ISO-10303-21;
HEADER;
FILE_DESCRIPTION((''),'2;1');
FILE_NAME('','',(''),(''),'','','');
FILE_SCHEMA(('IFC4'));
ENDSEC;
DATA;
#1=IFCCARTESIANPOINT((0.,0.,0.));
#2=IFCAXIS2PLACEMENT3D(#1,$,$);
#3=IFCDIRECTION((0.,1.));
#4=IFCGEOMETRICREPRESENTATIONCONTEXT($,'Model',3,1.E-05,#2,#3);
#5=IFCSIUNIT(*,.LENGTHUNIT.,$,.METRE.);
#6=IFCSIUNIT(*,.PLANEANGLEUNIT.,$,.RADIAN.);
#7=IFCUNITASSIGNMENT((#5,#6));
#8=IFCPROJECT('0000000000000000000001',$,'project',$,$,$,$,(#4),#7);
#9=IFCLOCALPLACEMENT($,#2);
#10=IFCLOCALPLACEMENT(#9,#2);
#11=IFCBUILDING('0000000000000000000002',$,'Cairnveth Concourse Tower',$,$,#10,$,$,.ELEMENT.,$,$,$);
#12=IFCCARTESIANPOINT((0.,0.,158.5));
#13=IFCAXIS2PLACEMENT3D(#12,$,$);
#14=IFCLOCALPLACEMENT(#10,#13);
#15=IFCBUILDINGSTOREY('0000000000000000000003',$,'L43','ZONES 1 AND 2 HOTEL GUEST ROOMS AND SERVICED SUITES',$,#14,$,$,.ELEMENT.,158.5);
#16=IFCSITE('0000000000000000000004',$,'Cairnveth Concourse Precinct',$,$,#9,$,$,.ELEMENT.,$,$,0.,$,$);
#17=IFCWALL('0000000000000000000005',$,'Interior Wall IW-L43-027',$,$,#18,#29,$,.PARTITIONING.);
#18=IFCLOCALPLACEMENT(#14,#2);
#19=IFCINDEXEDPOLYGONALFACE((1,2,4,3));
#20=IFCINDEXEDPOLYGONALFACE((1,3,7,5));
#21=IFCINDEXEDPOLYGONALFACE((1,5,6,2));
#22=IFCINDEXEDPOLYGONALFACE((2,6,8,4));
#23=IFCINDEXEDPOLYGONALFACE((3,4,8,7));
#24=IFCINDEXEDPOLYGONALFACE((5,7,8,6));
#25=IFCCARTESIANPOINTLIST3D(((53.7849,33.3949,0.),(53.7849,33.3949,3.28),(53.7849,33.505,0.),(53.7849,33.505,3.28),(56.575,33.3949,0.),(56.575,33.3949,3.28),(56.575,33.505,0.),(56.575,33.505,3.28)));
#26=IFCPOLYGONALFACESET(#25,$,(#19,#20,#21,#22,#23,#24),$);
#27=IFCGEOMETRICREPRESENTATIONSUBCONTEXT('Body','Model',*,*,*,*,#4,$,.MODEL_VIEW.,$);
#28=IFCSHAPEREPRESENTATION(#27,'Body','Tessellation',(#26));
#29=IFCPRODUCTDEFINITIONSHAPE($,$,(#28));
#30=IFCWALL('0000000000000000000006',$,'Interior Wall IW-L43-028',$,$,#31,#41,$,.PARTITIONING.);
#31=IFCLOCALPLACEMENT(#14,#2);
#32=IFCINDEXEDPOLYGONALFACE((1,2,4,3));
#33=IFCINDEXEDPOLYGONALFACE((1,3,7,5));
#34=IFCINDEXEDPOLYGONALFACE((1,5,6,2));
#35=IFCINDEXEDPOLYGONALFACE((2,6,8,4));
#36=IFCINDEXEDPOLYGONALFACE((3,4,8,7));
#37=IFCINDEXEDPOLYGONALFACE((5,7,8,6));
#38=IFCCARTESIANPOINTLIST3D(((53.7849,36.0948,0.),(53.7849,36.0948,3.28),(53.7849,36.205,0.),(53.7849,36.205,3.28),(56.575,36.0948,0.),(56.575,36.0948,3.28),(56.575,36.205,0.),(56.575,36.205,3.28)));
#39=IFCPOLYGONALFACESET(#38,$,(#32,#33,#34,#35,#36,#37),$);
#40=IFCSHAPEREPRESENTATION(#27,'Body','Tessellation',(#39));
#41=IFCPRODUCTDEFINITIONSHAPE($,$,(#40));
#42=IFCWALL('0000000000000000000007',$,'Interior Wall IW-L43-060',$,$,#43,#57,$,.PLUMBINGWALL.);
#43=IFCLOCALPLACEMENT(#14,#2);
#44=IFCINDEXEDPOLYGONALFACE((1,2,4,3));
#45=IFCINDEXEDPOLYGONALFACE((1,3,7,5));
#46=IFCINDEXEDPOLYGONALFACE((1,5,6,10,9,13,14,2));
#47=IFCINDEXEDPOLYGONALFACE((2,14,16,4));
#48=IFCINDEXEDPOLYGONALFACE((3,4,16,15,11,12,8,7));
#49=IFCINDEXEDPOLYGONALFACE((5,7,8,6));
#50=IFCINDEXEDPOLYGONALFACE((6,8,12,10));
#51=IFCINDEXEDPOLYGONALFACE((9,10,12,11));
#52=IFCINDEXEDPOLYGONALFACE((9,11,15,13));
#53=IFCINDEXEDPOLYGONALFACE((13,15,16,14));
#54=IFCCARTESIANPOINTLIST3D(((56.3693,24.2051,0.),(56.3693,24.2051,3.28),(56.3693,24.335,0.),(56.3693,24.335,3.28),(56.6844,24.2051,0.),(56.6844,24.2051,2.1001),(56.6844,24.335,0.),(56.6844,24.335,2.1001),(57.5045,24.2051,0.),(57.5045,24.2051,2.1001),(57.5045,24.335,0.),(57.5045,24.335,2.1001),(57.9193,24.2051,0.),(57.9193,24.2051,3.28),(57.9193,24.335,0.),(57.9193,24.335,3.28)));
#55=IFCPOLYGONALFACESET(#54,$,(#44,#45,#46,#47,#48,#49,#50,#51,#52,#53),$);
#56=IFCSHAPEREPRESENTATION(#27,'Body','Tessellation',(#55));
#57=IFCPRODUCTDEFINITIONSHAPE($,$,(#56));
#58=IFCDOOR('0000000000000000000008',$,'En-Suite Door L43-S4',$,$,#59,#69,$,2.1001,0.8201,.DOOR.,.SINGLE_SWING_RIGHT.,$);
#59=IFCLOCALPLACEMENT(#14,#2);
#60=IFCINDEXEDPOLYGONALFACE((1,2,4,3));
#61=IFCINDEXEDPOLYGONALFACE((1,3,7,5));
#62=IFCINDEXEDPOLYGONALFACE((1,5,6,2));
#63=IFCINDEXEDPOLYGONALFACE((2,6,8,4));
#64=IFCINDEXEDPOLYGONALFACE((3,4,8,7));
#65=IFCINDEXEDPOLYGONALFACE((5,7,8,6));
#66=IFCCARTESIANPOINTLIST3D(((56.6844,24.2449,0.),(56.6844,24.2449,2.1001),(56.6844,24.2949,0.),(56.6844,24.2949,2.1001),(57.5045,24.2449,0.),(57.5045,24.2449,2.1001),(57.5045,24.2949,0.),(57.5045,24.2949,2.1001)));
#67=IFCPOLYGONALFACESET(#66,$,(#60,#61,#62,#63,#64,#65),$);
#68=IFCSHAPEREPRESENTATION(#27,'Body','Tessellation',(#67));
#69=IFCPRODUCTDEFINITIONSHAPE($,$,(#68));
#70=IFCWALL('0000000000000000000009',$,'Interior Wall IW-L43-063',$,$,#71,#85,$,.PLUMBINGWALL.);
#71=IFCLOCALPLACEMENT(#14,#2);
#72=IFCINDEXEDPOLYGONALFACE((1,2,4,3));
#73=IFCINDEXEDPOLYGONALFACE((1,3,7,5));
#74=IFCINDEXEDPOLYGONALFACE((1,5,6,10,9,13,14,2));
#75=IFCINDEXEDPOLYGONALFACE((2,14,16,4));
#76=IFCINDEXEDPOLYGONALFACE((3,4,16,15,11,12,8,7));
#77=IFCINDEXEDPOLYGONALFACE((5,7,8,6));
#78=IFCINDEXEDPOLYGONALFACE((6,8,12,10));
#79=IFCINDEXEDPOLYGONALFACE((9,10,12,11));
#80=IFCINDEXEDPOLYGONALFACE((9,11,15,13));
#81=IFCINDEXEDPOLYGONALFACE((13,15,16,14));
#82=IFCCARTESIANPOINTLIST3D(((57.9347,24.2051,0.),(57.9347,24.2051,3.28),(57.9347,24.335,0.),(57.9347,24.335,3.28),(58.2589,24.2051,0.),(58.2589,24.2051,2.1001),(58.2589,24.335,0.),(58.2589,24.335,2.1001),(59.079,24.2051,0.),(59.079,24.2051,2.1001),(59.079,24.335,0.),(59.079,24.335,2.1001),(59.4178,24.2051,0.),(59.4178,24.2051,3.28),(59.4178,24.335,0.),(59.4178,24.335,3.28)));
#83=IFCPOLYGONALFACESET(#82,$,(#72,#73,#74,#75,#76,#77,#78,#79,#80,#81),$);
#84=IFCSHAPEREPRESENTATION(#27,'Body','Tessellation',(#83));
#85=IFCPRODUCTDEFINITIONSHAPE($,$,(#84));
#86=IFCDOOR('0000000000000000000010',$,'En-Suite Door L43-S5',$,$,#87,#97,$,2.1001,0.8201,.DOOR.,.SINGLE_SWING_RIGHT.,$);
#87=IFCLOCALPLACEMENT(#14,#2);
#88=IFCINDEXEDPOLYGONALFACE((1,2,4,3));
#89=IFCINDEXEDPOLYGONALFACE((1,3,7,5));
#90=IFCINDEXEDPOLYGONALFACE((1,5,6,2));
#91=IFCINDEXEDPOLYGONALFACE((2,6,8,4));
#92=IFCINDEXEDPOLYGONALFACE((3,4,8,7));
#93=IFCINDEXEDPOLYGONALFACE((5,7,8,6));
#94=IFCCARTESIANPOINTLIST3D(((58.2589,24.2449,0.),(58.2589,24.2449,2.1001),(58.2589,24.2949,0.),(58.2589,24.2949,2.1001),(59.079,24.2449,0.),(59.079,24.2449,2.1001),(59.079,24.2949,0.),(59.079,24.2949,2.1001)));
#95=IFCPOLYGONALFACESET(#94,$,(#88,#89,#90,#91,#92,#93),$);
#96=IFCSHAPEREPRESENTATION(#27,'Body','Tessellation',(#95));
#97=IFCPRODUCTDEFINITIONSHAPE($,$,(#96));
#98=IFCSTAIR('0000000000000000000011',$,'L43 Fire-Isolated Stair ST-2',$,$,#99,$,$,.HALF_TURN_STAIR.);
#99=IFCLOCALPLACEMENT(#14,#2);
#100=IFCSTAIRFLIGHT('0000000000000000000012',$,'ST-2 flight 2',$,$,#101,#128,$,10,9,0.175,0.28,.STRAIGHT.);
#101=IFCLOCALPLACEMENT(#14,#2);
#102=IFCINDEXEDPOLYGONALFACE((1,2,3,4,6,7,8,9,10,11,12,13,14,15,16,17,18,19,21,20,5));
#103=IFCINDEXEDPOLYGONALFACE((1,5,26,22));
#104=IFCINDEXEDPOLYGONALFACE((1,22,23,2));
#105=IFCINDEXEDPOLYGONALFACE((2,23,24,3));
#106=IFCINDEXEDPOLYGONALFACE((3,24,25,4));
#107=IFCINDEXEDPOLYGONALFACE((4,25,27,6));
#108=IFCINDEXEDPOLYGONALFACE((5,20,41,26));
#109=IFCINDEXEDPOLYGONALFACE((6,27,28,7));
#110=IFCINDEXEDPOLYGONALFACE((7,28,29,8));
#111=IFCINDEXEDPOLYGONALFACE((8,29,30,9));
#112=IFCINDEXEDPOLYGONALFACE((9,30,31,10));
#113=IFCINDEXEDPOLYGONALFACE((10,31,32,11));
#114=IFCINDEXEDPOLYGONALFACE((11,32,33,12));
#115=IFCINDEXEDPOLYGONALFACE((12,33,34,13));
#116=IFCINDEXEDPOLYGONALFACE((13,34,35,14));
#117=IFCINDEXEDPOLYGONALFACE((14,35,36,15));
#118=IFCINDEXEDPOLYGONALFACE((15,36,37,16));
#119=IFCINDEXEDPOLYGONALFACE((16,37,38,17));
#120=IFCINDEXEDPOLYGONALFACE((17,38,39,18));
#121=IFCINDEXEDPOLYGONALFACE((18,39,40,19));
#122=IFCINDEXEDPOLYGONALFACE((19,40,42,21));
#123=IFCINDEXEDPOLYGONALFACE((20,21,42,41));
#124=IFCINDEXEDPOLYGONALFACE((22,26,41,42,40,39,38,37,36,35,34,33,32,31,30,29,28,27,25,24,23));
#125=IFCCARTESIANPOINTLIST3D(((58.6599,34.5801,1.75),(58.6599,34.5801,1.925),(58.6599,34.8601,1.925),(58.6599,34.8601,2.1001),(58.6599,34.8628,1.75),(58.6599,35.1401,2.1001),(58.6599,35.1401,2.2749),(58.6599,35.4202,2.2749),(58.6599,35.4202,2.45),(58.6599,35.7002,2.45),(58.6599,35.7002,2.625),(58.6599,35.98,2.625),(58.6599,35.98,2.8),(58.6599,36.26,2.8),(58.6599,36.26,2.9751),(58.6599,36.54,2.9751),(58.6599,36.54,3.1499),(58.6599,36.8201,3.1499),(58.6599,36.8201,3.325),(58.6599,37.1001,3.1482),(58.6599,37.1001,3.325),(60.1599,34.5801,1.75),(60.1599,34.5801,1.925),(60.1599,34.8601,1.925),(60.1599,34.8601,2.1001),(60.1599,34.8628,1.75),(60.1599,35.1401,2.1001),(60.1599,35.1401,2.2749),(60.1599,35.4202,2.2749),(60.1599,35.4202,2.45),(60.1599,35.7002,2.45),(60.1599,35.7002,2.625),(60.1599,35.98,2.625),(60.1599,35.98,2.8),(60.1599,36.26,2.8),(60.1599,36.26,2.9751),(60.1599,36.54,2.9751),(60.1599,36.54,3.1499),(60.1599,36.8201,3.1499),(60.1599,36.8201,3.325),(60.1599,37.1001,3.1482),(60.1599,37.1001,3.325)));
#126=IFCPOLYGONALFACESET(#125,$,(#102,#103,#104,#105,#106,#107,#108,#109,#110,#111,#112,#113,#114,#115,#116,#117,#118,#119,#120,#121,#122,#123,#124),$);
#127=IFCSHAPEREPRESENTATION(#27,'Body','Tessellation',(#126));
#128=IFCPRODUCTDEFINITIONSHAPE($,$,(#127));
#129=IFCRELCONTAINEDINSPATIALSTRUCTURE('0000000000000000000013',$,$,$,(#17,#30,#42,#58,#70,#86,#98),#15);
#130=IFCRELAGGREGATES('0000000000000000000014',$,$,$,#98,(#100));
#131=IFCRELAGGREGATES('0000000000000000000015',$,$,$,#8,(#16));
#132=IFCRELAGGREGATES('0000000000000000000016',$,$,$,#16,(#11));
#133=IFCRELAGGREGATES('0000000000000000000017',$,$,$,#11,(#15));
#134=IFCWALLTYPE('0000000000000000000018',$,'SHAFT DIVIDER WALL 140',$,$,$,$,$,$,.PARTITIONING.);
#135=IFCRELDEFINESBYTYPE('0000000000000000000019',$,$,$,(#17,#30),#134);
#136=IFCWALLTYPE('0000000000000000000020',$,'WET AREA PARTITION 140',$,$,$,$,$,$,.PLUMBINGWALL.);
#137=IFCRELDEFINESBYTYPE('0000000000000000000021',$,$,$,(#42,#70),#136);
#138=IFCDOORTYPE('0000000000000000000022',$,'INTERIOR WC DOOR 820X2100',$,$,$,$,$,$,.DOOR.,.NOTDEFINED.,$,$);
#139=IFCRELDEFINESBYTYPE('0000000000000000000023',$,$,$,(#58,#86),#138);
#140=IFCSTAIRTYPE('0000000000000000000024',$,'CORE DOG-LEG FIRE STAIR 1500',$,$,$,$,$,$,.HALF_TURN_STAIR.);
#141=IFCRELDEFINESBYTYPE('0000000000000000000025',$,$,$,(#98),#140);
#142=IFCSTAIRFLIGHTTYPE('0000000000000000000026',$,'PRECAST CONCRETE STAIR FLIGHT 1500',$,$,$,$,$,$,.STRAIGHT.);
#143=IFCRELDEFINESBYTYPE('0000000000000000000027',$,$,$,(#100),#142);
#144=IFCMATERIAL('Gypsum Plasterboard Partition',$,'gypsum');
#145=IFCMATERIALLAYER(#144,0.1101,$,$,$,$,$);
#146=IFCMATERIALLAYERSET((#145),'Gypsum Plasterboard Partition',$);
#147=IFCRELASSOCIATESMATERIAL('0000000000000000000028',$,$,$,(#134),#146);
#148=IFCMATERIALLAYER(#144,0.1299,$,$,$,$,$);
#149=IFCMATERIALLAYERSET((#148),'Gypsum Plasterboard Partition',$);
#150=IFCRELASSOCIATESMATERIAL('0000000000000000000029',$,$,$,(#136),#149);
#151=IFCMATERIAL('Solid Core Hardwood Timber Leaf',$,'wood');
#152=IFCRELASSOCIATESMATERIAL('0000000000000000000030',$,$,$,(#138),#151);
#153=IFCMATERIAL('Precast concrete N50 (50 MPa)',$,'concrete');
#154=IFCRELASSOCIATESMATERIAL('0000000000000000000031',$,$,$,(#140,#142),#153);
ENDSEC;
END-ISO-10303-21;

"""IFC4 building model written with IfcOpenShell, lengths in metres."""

from ifc_helpers import new_model, si_unit, direction, frame, frame_2d, origin, place, context, subcontext, project, spatial, polyline, rectangle, outline, extrude, material, layer, layer_set, type_object, element, fill, aggregate, save


model = new_model("IFC4")

# Units and contexts
model_context = context("Model", 3, precision=1e-05, world=origin(), true_north=direction((0.0, 1.0)))
body_context = subcontext(model_context, "Body", "Model", "MODEL_VIEW")
ifc_project = project(units=[si_unit("LENGTHUNIT", "METRE"), si_unit("PLANEANGLEUNIT", "RADIAN")], contexts=[model_context])

# Site, building, storey
site_placement = place(None, origin())
site = spatial("IfcSite", under=ifc_project, at=site_placement, Name="Cairnveth Concourse Precinct", CompositionType="ELEMENT", RefElevation=0.0)
building_placement = place(site_placement, origin())
building = spatial("IfcBuilding", under=site, at=building_placement, Name="Cairnveth Concourse Tower", CompositionType="ELEMENT")
storey_placement = place(building_placement, frame((0.0, 0.0, 158.5)))
storey = spatial("IfcBuildingStorey", under=building, at=storey_placement, Name="L43", Description="ZONES 1 AND 2 HOTEL GUEST ROOMS AND SERVICED SUITES", CompositionType="ELEMENT", Elevation=158.5)

# Shared definitions
ifc_material_1 = material(Name="Gypsum Plasterboard Partition", Category="gypsum")

# Walls
ifc_layer_1 = layer(ifc_material_1, 0.1101)
ifc_layer_set_1 = layer_set([ifc_layer_1], Name="Gypsum Plasterboard Partition")
wall_type_1 = type_object("IfcWallType", Name="SHAFT DIVIDER WALL 140", PredefinedType="PARTITIONING", material=ifc_layer_set_1)
for number, where, z_axis, x_axis, name in (
    (1, (53.7849, 33.45, 0.0), (0.0, 0.0, 1.0), (1.0, 0.0, 0.0), "Interior Wall IW-L43-027"),
    (2, (53.7849, 36.1499, 0.0), (0.0, 0.0, 1.0), (1.0, 0.0, 0.0), "Interior Wall IW-L43-028"),
):
    element("IfcWall", number, at=place(storey_placement, frame(where, z_axis=z_axis, x_axis=x_axis)), inside=storey, type_object=wall_type_1, Name=name, PredefinedType="PARTITIONING", context=body_context, shape_type="SweptSolid", body=[
        extrude(rectangle(XDim=2.79, YDim=0.1101, at=frame_2d((1.395, 0.0))), origin(), (0.0, 0.0, 1.0), 3.28),
    ])

# Walls, openings, doors
ifc_layer_2 = layer(ifc_material_1, 0.1299)
ifc_layer_set_2 = layer_set([ifc_layer_2], Name="Gypsum Plasterboard Partition")
wall_type_2 = type_object("IfcWallType", Name="WET AREA PARTITION 140", PredefinedType="PLUMBINGWALL", material=ifc_layer_set_2)
wall_1_placement = place(storey_placement, frame((56.3694, 24.27, 0.0), z_axis=(0.0, 0.0, 1.0), x_axis=(1.0, 0.0, 0.0)))
wall_1 = element("IfcWall", 3, at=wall_1_placement, inside=storey, type_object=wall_type_2, Name="Interior Wall IW-L43-060", PredefinedType="PLUMBINGWALL", context=body_context, shape_type="SweptSolid", body=[
    extrude(rectangle(XDim=1.55, YDim=0.1299, at=frame_2d((0.7749, 0.0))), origin(), (0.0, 0.0, 1.0), 3.28),
])
opening_1_placement = place(wall_1_placement, frame((0.3149, 0.0, 0.0)))
opening_1 = element("IfcOpeningElement", 4, at=opening_1_placement, cuts=wall_1, PredefinedType="OPENING", context=body_context, shape_type="SweptSolid", body=[
    extrude(rectangle(XDim=0.8201, YDim=2.1001, at=frame_2d((0.4102, 1.05))), frame((0.0, 0.075, 0.0), z_axis=(0.0, -1.0, 0.0), x_axis=(1.0, 0.0, 0.0)), (0.0, 0.0, 1.0), 0.1499),
])
ifc_material_2 = material(Name="Solid Core Hardwood Timber Leaf", Category="wood")
door_type_1 = type_object("IfcDoorType", Name="INTERIOR WC DOOR 820X2100", OperationType="NOTDEFINED", PredefinedType="DOOR", material=ifc_material_2)
door_1_placement = place(opening_1_placement, origin())
door_1 = element("IfcDoor", 5, at=door_1_placement, inside=storey, type_object=door_type_1, Name="En-Suite Door L43-S4", OperationType="SINGLE_SWING_RIGHT", OverallHeight=2.1001, OverallWidth=0.8201, PredefinedType="DOOR", context=body_context, shape_type="SweptSolid", body=[
    extrude(rectangle(XDim=0.8201, YDim=2.1001, at=frame_2d((0.4102, 1.05))), frame((0.0, 0.0249, 0.0), z_axis=(0.0, -1.0, 0.0), x_axis=(1.0, 0.0, 0.0)), (0.0, 0.0, 1.0), 0.05),
])
fill(opening_1, door_1)
wall_2_placement = place(storey_placement, frame((57.9346, 24.27, 0.0), z_axis=(0.0, 0.0, 1.0), x_axis=(1.0, 0.0, 0.0)))
wall_2 = element("IfcWall", 6, at=wall_2_placement, inside=storey, type_object=wall_type_2, Name="Interior Wall IW-L43-063", PredefinedType="PLUMBINGWALL", context=body_context, shape_type="SweptSolid", body=[
    extrude(rectangle(XDim=1.4832, YDim=0.1299, at=frame_2d((0.7417, 0.0))), origin(), (0.0, 0.0, 1.0), 3.28),
])
opening_2_placement = place(wall_2_placement, frame((0.3242, 0.0, 0.0)))
opening_2 = element("IfcOpeningElement", 7, at=opening_2_placement, cuts=wall_2, PredefinedType="OPENING", context=body_context, shape_type="SweptSolid", body=[
    extrude(rectangle(XDim=0.8201, YDim=2.1001, at=frame_2d((0.4102, 1.05))), frame((0.0, 0.075, 0.0), z_axis=(0.0, -1.0, 0.0), x_axis=(1.0, 0.0, 0.0)), (0.0, 0.0, 1.0), 0.1499),
])
door_2_placement = place(opening_2_placement, origin())
door_2 = element("IfcDoor", 8, at=door_2_placement, inside=storey, type_object=door_type_1, Name="En-Suite Door L43-S5", OperationType="SINGLE_SWING_RIGHT", OverallHeight=2.1001, OverallWidth=0.8201, PredefinedType="DOOR", context=body_context, shape_type="SweptSolid", body=[
    extrude(rectangle(XDim=0.8201, YDim=2.1001, at=frame_2d((0.4102, 1.05))), frame((0.0, 0.0249, 0.0), z_axis=(0.0, -1.0, 0.0), x_axis=(1.0, 0.0, 0.0)), (0.0, 0.0, 1.0), 0.05),
])
fill(opening_2, door_2)

# Stair, stair flight
ifc_material_3 = material(Name="Precast concrete N50 (50 MPa)", Category="concrete")
stair_type = type_object("IfcStairType", Name="CORE DOG-LEG FIRE STAIR 1500", PredefinedType="HALF_TURN_STAIR", material=ifc_material_3)
stair_placement = place(storey_placement, origin())
stair = element("IfcStair", 9, at=stair_placement, inside=storey, type_object=stair_type, Name="L43 Fire-Isolated Stair ST-2", PredefinedType="HALF_TURN_STAIR")
stair_flight_type = type_object("IfcStairFlightType", Name="PRECAST CONCRETE STAIR FLIGHT 1500", PredefinedType="STRAIGHT", material=ifc_material_3)
stair_flight_placement = place(storey_placement, frame((59.4099, 34.5801, 1.75), z_axis=(0.0, 0.0, 1.0), x_axis=(0.0, 1.0, 0.0)))
stair_flight = element("IfcStairFlight", 10, at=stair_flight_placement, type_object=stair_flight_type, Name="ST-2 flight 2", NumberOfRisers=10, NumberOfTreads=9, PredefinedType="STRAIGHT", RiserHeight=0.175, TreadLength=0.28, context=body_context, shape_type="SweptSolid", body=[
    extrude(outline(polyline([(0.0, 0.0), (0.0, 0.175), (0.28, 0.175), (0.28, 0.3501), (0.5601, 0.3501), (0.5601, 0.5249), (0.8401, 0.5249), (0.8401, 0.7), (1.1201, 0.7), (1.1201, 0.875), (1.3999, 0.875), (1.3999, 1.05), (1.6799, 1.05), (1.6799, 1.2251), (1.96, 1.2251), (1.96, 1.3999), (2.24, 1.3999), (2.24, 1.575), (2.52, 1.575), (2.52, 1.75), (2.52, 1.3982), (0.2827, 0.0), (0.0, 0.0)])), frame((0.0, 0.75, 0.0), z_axis=(0.0, -1.0, 0.0), x_axis=(1.0, 0.0, 0.0)), (0.0, 0.0, 1.0), 1.5),
])
aggregate(stair, [stair_flight])

save(model, "model.ifc")
